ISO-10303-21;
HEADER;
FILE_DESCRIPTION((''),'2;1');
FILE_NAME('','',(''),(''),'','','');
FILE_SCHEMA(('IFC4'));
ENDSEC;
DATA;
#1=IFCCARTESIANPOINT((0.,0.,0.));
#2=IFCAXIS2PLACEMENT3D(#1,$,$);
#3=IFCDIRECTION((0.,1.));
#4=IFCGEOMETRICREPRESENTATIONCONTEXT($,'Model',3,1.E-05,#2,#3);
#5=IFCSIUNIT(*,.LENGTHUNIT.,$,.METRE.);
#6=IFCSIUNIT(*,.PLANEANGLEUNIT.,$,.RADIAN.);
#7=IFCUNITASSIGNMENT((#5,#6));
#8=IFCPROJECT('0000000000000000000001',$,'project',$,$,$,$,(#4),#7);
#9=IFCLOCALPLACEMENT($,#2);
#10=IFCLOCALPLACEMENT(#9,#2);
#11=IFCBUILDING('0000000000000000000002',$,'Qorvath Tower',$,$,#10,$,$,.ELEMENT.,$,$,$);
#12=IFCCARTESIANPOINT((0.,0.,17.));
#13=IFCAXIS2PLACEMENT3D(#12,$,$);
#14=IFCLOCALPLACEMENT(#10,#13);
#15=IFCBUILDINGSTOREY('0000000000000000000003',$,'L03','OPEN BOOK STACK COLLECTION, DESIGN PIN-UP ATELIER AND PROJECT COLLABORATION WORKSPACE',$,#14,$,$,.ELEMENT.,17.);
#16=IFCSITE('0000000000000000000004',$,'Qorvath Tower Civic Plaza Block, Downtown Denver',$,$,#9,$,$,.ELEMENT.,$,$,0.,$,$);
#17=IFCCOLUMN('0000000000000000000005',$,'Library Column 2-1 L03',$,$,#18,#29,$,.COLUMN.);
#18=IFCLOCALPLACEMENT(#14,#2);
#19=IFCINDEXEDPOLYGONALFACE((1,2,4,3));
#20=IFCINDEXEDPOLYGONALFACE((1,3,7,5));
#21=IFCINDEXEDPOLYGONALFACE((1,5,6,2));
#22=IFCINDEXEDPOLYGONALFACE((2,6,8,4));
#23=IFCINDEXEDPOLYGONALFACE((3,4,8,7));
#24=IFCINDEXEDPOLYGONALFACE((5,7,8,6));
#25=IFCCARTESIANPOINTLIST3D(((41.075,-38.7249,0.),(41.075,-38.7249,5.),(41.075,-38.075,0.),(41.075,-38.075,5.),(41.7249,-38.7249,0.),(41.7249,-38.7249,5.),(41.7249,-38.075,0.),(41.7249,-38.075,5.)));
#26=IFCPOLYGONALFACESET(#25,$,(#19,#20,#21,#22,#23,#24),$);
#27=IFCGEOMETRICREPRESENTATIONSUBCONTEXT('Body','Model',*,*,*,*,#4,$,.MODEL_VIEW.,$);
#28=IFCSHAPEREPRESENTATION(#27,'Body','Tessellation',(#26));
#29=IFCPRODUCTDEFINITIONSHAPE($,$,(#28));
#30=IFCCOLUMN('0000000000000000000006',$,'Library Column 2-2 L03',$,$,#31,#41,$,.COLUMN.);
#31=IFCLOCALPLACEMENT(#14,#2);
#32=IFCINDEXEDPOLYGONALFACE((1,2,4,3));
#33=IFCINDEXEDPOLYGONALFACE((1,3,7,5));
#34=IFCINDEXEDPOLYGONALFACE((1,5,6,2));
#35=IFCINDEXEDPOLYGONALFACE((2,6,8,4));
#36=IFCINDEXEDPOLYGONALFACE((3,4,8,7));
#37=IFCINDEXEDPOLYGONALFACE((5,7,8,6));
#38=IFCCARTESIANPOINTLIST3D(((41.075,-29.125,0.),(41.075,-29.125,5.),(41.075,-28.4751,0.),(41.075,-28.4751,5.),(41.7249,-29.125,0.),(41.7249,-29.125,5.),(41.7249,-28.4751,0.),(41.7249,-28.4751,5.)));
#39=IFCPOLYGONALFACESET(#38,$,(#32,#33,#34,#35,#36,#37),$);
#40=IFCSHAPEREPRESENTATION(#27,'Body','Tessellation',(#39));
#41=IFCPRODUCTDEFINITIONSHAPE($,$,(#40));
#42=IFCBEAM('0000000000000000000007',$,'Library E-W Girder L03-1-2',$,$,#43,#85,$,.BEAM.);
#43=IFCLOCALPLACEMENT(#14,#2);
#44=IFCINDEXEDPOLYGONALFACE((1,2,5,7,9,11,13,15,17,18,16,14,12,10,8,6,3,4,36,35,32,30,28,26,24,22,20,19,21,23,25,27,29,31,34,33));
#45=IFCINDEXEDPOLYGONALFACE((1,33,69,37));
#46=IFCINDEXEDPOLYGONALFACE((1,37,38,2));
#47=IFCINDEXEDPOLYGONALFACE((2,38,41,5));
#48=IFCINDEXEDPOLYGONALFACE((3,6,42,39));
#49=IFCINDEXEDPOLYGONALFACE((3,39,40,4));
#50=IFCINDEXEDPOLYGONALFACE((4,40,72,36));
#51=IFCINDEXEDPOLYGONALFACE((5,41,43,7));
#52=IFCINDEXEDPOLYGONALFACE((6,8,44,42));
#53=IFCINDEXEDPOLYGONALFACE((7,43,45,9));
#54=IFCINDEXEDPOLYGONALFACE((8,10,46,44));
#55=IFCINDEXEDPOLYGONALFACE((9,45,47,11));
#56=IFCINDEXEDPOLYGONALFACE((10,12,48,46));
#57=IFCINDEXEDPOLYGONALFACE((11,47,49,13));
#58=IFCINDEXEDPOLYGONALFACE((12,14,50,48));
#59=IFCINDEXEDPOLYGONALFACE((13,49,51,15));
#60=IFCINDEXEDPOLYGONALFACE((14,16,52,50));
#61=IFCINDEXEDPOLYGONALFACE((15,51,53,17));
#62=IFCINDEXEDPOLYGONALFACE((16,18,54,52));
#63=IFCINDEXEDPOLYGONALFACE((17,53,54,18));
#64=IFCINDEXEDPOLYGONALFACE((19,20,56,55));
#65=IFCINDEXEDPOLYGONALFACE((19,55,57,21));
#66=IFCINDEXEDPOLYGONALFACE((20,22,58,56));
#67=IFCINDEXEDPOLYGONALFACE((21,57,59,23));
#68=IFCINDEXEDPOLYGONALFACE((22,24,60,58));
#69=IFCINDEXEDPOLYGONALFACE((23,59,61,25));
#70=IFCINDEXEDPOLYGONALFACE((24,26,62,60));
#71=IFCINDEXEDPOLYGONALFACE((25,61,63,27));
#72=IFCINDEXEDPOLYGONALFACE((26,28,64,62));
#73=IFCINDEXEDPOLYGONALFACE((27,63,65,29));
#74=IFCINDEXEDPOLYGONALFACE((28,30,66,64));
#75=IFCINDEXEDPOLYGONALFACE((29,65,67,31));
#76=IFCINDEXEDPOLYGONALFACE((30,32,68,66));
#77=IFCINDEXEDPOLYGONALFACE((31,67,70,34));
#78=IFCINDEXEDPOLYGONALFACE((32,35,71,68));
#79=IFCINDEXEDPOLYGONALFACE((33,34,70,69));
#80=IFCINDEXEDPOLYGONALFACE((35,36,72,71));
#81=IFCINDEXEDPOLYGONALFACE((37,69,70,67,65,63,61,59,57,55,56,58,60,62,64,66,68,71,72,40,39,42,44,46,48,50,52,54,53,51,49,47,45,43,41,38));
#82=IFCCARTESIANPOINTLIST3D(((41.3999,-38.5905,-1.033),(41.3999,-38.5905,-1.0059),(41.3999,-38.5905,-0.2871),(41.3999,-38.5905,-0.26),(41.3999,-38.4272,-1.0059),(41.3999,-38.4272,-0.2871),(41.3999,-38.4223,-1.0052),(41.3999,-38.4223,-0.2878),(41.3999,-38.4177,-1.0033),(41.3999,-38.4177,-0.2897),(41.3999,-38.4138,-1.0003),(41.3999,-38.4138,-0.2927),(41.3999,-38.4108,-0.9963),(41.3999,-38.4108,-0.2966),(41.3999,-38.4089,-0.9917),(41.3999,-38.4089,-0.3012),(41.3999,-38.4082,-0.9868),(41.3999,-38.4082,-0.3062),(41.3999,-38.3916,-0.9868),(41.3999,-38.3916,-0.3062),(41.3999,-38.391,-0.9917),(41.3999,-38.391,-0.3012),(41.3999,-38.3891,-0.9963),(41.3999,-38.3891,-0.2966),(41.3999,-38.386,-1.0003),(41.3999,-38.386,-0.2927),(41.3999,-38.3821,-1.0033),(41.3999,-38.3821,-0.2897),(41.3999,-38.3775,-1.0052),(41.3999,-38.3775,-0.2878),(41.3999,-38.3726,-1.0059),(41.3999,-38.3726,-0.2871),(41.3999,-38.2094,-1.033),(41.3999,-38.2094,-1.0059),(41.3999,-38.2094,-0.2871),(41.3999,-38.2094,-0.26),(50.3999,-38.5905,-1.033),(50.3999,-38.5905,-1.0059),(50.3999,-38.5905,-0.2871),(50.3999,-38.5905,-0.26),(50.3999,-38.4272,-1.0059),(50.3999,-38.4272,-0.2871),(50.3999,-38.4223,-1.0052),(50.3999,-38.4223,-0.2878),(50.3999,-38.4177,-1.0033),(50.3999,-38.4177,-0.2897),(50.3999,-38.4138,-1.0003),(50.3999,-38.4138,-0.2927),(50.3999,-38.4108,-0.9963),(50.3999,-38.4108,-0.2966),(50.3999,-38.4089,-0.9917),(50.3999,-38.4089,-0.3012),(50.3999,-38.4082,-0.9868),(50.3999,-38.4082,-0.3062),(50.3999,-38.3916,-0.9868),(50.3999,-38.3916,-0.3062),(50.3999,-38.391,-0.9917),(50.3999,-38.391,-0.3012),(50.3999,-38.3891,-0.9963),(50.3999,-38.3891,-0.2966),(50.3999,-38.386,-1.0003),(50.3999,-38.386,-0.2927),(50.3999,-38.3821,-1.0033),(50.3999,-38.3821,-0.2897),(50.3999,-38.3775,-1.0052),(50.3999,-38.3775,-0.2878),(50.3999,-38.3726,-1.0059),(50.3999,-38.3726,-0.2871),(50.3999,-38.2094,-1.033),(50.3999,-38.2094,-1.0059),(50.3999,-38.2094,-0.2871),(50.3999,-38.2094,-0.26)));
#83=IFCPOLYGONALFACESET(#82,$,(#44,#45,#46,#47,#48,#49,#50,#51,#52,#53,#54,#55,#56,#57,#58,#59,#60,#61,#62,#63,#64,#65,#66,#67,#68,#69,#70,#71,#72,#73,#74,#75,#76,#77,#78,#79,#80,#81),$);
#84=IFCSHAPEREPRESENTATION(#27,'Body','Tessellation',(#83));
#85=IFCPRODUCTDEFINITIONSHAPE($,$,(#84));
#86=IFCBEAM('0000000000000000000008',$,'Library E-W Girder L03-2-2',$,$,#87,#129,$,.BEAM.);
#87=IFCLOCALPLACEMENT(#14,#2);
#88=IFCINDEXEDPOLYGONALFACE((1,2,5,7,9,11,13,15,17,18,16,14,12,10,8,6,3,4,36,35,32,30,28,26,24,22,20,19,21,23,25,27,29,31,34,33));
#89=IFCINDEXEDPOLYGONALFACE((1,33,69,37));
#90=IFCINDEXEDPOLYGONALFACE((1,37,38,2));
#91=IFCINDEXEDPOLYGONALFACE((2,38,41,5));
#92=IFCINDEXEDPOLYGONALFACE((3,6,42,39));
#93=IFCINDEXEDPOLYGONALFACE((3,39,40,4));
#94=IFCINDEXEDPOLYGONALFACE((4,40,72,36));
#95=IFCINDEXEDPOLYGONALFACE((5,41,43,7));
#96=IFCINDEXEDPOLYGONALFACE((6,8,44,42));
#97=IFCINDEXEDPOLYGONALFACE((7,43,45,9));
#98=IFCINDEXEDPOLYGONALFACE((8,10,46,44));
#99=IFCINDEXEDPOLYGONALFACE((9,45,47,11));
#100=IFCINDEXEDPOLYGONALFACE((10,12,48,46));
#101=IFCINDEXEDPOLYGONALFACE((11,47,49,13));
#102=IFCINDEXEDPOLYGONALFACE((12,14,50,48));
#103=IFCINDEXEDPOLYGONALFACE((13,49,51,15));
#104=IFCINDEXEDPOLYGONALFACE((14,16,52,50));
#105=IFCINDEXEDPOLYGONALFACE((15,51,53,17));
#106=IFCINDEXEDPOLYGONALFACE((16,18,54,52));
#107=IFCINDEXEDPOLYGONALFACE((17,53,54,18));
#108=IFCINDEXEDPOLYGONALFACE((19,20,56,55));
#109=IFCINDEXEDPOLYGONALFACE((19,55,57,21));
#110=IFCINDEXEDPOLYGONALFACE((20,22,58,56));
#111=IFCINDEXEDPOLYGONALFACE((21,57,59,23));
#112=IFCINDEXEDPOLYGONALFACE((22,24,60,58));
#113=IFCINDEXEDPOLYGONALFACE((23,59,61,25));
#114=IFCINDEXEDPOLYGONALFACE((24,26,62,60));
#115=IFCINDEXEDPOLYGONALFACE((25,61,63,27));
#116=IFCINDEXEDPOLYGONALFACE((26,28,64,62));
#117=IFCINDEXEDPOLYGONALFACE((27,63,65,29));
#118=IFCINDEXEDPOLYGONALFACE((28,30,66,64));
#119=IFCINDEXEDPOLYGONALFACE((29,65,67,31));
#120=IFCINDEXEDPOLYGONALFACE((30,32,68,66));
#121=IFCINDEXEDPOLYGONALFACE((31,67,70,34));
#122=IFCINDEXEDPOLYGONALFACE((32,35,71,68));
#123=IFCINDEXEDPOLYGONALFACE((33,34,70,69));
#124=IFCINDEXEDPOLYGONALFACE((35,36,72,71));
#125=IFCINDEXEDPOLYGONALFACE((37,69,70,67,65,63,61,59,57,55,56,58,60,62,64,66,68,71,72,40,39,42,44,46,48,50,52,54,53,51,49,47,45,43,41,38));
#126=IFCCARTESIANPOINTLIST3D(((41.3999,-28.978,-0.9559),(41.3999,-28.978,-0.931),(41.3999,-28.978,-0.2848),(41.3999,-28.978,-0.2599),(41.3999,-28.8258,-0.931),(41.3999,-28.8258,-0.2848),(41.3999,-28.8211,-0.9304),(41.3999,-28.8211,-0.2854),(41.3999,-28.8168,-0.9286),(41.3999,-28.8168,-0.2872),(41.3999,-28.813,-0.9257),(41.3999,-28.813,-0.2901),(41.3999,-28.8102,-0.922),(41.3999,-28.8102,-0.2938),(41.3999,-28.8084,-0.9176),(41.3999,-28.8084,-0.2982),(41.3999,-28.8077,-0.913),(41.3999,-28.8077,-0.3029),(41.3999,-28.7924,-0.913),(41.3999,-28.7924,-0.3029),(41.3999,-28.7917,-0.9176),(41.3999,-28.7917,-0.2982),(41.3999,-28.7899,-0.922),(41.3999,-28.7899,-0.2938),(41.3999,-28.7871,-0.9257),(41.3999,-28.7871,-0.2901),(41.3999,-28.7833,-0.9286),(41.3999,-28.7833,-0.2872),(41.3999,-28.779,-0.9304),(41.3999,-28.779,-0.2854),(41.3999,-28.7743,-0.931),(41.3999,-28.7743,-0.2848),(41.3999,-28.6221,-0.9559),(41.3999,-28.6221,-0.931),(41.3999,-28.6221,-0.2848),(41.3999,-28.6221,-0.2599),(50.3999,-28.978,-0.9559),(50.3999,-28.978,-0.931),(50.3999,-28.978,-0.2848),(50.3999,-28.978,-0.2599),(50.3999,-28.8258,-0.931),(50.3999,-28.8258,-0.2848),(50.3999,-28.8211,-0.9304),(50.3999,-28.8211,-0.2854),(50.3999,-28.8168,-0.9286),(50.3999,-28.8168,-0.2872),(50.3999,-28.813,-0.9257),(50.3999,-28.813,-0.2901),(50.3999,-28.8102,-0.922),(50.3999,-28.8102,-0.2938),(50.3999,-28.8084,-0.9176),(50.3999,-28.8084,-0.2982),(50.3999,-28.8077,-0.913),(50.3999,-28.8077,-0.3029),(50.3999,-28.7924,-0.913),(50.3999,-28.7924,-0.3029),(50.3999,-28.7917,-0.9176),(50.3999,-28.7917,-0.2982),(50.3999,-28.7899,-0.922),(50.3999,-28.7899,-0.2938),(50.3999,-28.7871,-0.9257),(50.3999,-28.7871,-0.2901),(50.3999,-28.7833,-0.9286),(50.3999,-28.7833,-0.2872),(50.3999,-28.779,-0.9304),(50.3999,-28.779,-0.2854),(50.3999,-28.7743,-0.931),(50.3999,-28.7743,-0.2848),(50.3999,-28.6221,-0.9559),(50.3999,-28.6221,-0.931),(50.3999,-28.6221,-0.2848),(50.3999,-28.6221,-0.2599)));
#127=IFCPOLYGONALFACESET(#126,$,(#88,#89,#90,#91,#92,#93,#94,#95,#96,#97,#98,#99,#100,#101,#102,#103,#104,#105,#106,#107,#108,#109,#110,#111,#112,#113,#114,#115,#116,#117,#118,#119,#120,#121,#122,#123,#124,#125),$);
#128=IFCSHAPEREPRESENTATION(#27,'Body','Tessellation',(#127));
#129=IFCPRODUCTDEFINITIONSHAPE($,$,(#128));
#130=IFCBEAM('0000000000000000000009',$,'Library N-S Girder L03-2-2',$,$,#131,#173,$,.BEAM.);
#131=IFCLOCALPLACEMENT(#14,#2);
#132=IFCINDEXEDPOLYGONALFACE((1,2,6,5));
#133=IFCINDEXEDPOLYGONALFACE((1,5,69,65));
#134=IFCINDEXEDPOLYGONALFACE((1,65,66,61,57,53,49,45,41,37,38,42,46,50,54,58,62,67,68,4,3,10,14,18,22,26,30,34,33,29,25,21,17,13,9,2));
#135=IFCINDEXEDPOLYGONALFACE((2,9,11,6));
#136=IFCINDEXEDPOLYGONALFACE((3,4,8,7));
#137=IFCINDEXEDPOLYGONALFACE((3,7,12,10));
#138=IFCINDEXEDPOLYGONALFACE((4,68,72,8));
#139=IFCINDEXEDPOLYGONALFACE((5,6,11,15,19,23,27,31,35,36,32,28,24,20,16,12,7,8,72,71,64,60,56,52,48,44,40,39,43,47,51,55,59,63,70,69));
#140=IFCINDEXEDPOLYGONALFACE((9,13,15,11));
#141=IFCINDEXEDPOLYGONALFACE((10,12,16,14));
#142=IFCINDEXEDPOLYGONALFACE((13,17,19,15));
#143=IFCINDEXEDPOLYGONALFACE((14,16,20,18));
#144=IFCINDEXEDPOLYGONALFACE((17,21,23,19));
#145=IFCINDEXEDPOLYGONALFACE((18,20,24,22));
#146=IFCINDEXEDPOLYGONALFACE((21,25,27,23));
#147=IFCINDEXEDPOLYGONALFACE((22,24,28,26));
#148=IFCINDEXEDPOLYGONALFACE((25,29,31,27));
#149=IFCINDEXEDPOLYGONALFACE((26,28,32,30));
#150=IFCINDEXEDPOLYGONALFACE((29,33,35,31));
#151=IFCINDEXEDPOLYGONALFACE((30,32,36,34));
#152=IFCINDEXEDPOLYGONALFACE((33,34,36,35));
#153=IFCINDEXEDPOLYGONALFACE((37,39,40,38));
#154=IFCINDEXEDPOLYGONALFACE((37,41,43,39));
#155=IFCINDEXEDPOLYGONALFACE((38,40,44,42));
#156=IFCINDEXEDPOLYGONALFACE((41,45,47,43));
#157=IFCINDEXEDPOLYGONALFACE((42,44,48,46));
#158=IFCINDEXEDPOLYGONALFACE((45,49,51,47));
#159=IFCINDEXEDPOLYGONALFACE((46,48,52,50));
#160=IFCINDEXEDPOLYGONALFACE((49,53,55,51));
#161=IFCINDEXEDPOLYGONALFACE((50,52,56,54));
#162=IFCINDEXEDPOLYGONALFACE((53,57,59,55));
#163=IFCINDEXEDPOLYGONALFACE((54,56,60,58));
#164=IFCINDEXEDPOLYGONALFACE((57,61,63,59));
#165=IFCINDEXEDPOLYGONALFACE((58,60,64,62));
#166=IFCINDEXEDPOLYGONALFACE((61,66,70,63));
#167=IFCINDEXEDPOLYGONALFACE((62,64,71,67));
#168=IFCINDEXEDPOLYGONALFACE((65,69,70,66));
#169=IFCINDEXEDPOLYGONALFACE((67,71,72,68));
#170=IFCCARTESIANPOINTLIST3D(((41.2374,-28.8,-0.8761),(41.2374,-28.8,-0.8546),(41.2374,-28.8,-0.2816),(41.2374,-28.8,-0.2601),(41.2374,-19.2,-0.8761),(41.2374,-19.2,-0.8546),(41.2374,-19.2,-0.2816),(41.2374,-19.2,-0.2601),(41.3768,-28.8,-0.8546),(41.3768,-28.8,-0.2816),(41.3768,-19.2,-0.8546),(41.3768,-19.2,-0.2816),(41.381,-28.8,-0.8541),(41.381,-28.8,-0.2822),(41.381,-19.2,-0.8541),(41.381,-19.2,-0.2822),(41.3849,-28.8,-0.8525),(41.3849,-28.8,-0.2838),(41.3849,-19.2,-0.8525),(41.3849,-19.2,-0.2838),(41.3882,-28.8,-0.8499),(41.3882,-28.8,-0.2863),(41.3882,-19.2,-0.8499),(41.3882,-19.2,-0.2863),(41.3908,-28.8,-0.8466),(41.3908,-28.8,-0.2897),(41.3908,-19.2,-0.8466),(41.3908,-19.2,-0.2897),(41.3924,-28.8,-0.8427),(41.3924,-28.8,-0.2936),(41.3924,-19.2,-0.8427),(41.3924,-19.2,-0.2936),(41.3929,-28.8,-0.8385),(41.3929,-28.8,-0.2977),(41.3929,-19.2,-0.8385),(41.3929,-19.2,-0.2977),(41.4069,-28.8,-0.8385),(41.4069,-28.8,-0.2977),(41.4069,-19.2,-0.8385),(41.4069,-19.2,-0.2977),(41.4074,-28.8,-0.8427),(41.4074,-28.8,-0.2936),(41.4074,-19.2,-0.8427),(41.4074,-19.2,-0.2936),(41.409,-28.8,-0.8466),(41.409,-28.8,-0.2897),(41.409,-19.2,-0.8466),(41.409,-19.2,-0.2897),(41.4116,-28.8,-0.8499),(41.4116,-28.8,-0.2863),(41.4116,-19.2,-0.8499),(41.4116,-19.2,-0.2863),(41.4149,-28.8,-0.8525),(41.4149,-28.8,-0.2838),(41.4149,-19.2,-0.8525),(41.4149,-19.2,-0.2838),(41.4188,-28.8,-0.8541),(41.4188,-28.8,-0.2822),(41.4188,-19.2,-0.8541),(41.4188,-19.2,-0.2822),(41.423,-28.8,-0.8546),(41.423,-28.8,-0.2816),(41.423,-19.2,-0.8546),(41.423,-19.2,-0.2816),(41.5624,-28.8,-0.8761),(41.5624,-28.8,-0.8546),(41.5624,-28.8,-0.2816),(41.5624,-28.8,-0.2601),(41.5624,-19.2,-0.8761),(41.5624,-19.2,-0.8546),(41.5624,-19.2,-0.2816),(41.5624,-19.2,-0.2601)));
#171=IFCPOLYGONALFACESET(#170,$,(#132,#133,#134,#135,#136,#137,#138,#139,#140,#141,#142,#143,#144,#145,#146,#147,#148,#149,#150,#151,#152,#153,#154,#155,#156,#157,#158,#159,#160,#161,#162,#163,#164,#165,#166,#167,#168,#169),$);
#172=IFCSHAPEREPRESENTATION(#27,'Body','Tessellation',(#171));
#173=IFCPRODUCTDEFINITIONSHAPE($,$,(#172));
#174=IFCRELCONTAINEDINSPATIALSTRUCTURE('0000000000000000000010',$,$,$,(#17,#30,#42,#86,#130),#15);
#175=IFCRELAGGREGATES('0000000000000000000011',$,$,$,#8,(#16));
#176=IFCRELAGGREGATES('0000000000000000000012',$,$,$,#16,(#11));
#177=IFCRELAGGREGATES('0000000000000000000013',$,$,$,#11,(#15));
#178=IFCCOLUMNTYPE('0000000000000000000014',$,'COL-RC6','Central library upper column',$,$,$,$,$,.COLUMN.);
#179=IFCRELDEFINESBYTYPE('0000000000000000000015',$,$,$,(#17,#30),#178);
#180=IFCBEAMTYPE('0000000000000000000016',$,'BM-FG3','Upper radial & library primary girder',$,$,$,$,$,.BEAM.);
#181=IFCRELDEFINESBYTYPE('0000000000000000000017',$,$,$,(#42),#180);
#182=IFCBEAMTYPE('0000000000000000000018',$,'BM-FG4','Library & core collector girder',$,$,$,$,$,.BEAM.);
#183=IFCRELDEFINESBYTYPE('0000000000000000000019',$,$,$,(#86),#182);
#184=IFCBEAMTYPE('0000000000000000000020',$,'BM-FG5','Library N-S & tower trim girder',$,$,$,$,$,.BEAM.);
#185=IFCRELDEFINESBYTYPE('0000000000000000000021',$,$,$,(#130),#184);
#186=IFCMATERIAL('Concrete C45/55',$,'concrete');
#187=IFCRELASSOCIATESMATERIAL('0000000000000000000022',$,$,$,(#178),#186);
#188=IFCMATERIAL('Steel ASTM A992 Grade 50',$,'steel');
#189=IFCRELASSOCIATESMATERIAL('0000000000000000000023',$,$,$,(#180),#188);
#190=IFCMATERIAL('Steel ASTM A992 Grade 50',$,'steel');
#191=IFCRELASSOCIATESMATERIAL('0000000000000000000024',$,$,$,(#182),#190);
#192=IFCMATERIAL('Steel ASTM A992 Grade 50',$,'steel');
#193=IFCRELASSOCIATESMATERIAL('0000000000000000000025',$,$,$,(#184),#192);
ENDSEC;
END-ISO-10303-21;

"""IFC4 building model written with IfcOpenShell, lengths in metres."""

from ifc_helpers import new_model, si_unit, direction, frame, origin, origin_2d, place, context, subcontext, project, spatial, rectangle, i_section, extrude, material, material_profile, profile_set, type_object, element, save


model = new_model("IFC4")

# Units and contexts
model_context = context("Model", 3, precision=1e-05, world=origin(), true_north=direction((0.0, 1.0)))
body_context = subcontext(model_context, "Body", "Model", "MODEL_VIEW")
ifc_project = project(units=[si_unit("LENGTHUNIT", "METRE"), si_unit("PLANEANGLEUNIT", "RADIAN")], contexts=[model_context])

# Site, building, storey
site_placement = place(None, origin())
site = spatial("IfcSite", under=ifc_project, at=site_placement, Name="Qorvath Tower Civic Plaza Block, Downtown Denver", CompositionType="ELEMENT", RefElevation=0.0)
building_placement = place(site_placement, origin())
building = spatial("IfcBuilding", under=site, at=building_placement, Name="Qorvath Tower", CompositionType="ELEMENT")
storey_placement = place(building_placement, frame((0.0, 0.0, 17.0)))
storey = spatial("IfcBuildingStorey", under=building, at=storey_placement, Name="L03", Description="OPEN BOOK STACK COLLECTION, DESIGN PIN-UP ATELIER AND PROJECT COLLABORATION WORKSPACE", CompositionType="ELEMENT", Elevation=17.0)

# Columns
ifc_material_1 = material(Name="Concrete C45/55", Category="concrete")
ifc_material_profile_1 = material_profile(ifc_material_1, rectangle(XDim=0.6499, YDim=0.6499, at=origin_2d()), Name="RC 650x650")
ifc_profile_set_1 = profile_set([ifc_material_profile_1], Name="Concrete C45/55")
column_type = type_object("IfcColumnType", Name="COL-RC6", Description="Central library upper column", PredefinedType="COLUMN", material=ifc_profile_set_1)
for number, where, z_axis, x_axis, name in (
    (1, (41.3999, -38.3999, 0.0), (0.0, 0.0, 1.0), (1.0, 0.0, 0.0), "Library Column 2-1 L03"),
    (2, (41.3999, -28.8, 0.0), (0.0, 0.0, 1.0), (1.0, 0.0, 0.0), "Library Column 2-2 L03"),
):
    element("IfcColumn", number, at=place(storey_placement, frame(where, z_axis=z_axis, x_axis=x_axis)), inside=storey, type_object=column_type, Name=name, PredefinedType="COLUMN", context=body_context, shape_type="SweptSolid", body=[
        extrude(rectangle(XDim=0.6499, YDim=0.6499, at=origin_2d()), origin(), (0.0, 0.0, 1.0), 5.0),
    ])

# Beams
ifc_material_2 = material(Name="Steel ASTM A992 Grade 50", Category="steel")
ifc_material_profile_2 = material_profile(ifc_material_2, i_section(OverallWidth=0.3811, OverallDepth=0.7729, WebThickness=0.0166, FlangeThickness=0.0271, FilletRadius=0.019, at=origin_2d()), Name="W30x173")
ifc_profile_set_2 = profile_set([ifc_material_profile_2], Name="Steel ASTM A992 Grade 50")
beam_type_1 = type_object("IfcBeamType", Name="BM-FG3", Description="Upper radial & library primary girder", PredefinedType="BEAM", material=ifc_profile_set_2)
beam_1_placement = place(storey_placement, frame((41.3999, -38.3999, -0.6465), z_axis=(1.0, 0.0, 0.0), x_axis=(0.0, 1.0, 0.0)))
element("IfcBeam", 3, at=beam_1_placement, inside=storey, type_object=beam_type_1, Name="Library E-W Girder L03-1-2", PredefinedType="BEAM", context=body_context, shape_type="SweptSolid", body=[
    extrude(i_section(OverallWidth=0.3811, OverallDepth=0.7729, WebThickness=0.0166, FlangeThickness=0.0271, FilletRadius=0.019, at=origin_2d()), origin(), (0.0, 0.0, 1.0), 9.0),
])
ifc_material_3 = material(Name="Steel ASTM A992 Grade 50", Category="steel")
ifc_material_profile_3 = material_profile(ifc_material_3, i_section(OverallWidth=0.356, OverallDepth=0.696, WebThickness=0.0154, FlangeThickness=0.0249, FilletRadius=0.0181, at=origin_2d()), Name="W27x146")
ifc_profile_set_3 = profile_set([ifc_material_profile_3], Name="Steel ASTM A992 Grade 50")
beam_type_2 = type_object("IfcBeamType", Name="BM-FG4", Description="Library & core collector girder", PredefinedType="BEAM", material=ifc_profile_set_3)
beam_2_placement = place(storey_placement, frame((41.3999, -28.8, -0.6079), z_axis=(1.0, 0.0, 0.0), x_axis=(0.0, 1.0, 0.0)))
element("IfcBeam", 4, at=beam_2_placement, inside=storey, type_object=beam_type_2, Name="Library E-W Girder L03-2-2", PredefinedType="BEAM", context=body_context, shape_type="SweptSolid", body=[
    extrude(i_section(OverallWidth=0.356, OverallDepth=0.696, WebThickness=0.0154, FlangeThickness=0.0249, FilletRadius=0.0181, at=origin_2d()), origin(), (0.0, 0.0, 1.0), 9.0),
])
ifc_material_4 = material(Name="Steel ASTM A992 Grade 50", Category="steel")
ifc_material_profile_4 = material_profile(ifc_material_4, i_section(OverallWidth=0.325, OverallDepth=0.616, WebThickness=0.0139, FlangeThickness=0.0215, FilletRadius=0.0161, at=origin_2d()), Name="W24x117")
ifc_profile_set_4 = profile_set([ifc_material_profile_4], Name="Steel ASTM A992 Grade 50")
beam_type_3 = type_object("IfcBeamType", Name="BM-FG5", Description="Library N-S & tower trim girder", PredefinedType="BEAM", material=ifc_profile_set_4)
beam_3_placement = place(storey_placement, frame((41.3999, -28.8, -0.5681), z_axis=(0.0, 1.0, 0.0), x_axis=(-1.0, 0.0, 0.0)))
element("IfcBeam", 5, at=beam_3_placement, inside=storey, type_object=beam_type_3, Name="Library N-S Girder L03-2-2", PredefinedType="BEAM", context=body_context, shape_type="SweptSolid", body=[
    extrude(i_section(OverallWidth=0.325, OverallDepth=0.616, WebThickness=0.0139, FlangeThickness=0.0215, FilletRadius=0.0161, at=origin_2d()), origin(), (0.0, 0.0, 1.0), 9.6001),
])

save(model, "model.ifc")
